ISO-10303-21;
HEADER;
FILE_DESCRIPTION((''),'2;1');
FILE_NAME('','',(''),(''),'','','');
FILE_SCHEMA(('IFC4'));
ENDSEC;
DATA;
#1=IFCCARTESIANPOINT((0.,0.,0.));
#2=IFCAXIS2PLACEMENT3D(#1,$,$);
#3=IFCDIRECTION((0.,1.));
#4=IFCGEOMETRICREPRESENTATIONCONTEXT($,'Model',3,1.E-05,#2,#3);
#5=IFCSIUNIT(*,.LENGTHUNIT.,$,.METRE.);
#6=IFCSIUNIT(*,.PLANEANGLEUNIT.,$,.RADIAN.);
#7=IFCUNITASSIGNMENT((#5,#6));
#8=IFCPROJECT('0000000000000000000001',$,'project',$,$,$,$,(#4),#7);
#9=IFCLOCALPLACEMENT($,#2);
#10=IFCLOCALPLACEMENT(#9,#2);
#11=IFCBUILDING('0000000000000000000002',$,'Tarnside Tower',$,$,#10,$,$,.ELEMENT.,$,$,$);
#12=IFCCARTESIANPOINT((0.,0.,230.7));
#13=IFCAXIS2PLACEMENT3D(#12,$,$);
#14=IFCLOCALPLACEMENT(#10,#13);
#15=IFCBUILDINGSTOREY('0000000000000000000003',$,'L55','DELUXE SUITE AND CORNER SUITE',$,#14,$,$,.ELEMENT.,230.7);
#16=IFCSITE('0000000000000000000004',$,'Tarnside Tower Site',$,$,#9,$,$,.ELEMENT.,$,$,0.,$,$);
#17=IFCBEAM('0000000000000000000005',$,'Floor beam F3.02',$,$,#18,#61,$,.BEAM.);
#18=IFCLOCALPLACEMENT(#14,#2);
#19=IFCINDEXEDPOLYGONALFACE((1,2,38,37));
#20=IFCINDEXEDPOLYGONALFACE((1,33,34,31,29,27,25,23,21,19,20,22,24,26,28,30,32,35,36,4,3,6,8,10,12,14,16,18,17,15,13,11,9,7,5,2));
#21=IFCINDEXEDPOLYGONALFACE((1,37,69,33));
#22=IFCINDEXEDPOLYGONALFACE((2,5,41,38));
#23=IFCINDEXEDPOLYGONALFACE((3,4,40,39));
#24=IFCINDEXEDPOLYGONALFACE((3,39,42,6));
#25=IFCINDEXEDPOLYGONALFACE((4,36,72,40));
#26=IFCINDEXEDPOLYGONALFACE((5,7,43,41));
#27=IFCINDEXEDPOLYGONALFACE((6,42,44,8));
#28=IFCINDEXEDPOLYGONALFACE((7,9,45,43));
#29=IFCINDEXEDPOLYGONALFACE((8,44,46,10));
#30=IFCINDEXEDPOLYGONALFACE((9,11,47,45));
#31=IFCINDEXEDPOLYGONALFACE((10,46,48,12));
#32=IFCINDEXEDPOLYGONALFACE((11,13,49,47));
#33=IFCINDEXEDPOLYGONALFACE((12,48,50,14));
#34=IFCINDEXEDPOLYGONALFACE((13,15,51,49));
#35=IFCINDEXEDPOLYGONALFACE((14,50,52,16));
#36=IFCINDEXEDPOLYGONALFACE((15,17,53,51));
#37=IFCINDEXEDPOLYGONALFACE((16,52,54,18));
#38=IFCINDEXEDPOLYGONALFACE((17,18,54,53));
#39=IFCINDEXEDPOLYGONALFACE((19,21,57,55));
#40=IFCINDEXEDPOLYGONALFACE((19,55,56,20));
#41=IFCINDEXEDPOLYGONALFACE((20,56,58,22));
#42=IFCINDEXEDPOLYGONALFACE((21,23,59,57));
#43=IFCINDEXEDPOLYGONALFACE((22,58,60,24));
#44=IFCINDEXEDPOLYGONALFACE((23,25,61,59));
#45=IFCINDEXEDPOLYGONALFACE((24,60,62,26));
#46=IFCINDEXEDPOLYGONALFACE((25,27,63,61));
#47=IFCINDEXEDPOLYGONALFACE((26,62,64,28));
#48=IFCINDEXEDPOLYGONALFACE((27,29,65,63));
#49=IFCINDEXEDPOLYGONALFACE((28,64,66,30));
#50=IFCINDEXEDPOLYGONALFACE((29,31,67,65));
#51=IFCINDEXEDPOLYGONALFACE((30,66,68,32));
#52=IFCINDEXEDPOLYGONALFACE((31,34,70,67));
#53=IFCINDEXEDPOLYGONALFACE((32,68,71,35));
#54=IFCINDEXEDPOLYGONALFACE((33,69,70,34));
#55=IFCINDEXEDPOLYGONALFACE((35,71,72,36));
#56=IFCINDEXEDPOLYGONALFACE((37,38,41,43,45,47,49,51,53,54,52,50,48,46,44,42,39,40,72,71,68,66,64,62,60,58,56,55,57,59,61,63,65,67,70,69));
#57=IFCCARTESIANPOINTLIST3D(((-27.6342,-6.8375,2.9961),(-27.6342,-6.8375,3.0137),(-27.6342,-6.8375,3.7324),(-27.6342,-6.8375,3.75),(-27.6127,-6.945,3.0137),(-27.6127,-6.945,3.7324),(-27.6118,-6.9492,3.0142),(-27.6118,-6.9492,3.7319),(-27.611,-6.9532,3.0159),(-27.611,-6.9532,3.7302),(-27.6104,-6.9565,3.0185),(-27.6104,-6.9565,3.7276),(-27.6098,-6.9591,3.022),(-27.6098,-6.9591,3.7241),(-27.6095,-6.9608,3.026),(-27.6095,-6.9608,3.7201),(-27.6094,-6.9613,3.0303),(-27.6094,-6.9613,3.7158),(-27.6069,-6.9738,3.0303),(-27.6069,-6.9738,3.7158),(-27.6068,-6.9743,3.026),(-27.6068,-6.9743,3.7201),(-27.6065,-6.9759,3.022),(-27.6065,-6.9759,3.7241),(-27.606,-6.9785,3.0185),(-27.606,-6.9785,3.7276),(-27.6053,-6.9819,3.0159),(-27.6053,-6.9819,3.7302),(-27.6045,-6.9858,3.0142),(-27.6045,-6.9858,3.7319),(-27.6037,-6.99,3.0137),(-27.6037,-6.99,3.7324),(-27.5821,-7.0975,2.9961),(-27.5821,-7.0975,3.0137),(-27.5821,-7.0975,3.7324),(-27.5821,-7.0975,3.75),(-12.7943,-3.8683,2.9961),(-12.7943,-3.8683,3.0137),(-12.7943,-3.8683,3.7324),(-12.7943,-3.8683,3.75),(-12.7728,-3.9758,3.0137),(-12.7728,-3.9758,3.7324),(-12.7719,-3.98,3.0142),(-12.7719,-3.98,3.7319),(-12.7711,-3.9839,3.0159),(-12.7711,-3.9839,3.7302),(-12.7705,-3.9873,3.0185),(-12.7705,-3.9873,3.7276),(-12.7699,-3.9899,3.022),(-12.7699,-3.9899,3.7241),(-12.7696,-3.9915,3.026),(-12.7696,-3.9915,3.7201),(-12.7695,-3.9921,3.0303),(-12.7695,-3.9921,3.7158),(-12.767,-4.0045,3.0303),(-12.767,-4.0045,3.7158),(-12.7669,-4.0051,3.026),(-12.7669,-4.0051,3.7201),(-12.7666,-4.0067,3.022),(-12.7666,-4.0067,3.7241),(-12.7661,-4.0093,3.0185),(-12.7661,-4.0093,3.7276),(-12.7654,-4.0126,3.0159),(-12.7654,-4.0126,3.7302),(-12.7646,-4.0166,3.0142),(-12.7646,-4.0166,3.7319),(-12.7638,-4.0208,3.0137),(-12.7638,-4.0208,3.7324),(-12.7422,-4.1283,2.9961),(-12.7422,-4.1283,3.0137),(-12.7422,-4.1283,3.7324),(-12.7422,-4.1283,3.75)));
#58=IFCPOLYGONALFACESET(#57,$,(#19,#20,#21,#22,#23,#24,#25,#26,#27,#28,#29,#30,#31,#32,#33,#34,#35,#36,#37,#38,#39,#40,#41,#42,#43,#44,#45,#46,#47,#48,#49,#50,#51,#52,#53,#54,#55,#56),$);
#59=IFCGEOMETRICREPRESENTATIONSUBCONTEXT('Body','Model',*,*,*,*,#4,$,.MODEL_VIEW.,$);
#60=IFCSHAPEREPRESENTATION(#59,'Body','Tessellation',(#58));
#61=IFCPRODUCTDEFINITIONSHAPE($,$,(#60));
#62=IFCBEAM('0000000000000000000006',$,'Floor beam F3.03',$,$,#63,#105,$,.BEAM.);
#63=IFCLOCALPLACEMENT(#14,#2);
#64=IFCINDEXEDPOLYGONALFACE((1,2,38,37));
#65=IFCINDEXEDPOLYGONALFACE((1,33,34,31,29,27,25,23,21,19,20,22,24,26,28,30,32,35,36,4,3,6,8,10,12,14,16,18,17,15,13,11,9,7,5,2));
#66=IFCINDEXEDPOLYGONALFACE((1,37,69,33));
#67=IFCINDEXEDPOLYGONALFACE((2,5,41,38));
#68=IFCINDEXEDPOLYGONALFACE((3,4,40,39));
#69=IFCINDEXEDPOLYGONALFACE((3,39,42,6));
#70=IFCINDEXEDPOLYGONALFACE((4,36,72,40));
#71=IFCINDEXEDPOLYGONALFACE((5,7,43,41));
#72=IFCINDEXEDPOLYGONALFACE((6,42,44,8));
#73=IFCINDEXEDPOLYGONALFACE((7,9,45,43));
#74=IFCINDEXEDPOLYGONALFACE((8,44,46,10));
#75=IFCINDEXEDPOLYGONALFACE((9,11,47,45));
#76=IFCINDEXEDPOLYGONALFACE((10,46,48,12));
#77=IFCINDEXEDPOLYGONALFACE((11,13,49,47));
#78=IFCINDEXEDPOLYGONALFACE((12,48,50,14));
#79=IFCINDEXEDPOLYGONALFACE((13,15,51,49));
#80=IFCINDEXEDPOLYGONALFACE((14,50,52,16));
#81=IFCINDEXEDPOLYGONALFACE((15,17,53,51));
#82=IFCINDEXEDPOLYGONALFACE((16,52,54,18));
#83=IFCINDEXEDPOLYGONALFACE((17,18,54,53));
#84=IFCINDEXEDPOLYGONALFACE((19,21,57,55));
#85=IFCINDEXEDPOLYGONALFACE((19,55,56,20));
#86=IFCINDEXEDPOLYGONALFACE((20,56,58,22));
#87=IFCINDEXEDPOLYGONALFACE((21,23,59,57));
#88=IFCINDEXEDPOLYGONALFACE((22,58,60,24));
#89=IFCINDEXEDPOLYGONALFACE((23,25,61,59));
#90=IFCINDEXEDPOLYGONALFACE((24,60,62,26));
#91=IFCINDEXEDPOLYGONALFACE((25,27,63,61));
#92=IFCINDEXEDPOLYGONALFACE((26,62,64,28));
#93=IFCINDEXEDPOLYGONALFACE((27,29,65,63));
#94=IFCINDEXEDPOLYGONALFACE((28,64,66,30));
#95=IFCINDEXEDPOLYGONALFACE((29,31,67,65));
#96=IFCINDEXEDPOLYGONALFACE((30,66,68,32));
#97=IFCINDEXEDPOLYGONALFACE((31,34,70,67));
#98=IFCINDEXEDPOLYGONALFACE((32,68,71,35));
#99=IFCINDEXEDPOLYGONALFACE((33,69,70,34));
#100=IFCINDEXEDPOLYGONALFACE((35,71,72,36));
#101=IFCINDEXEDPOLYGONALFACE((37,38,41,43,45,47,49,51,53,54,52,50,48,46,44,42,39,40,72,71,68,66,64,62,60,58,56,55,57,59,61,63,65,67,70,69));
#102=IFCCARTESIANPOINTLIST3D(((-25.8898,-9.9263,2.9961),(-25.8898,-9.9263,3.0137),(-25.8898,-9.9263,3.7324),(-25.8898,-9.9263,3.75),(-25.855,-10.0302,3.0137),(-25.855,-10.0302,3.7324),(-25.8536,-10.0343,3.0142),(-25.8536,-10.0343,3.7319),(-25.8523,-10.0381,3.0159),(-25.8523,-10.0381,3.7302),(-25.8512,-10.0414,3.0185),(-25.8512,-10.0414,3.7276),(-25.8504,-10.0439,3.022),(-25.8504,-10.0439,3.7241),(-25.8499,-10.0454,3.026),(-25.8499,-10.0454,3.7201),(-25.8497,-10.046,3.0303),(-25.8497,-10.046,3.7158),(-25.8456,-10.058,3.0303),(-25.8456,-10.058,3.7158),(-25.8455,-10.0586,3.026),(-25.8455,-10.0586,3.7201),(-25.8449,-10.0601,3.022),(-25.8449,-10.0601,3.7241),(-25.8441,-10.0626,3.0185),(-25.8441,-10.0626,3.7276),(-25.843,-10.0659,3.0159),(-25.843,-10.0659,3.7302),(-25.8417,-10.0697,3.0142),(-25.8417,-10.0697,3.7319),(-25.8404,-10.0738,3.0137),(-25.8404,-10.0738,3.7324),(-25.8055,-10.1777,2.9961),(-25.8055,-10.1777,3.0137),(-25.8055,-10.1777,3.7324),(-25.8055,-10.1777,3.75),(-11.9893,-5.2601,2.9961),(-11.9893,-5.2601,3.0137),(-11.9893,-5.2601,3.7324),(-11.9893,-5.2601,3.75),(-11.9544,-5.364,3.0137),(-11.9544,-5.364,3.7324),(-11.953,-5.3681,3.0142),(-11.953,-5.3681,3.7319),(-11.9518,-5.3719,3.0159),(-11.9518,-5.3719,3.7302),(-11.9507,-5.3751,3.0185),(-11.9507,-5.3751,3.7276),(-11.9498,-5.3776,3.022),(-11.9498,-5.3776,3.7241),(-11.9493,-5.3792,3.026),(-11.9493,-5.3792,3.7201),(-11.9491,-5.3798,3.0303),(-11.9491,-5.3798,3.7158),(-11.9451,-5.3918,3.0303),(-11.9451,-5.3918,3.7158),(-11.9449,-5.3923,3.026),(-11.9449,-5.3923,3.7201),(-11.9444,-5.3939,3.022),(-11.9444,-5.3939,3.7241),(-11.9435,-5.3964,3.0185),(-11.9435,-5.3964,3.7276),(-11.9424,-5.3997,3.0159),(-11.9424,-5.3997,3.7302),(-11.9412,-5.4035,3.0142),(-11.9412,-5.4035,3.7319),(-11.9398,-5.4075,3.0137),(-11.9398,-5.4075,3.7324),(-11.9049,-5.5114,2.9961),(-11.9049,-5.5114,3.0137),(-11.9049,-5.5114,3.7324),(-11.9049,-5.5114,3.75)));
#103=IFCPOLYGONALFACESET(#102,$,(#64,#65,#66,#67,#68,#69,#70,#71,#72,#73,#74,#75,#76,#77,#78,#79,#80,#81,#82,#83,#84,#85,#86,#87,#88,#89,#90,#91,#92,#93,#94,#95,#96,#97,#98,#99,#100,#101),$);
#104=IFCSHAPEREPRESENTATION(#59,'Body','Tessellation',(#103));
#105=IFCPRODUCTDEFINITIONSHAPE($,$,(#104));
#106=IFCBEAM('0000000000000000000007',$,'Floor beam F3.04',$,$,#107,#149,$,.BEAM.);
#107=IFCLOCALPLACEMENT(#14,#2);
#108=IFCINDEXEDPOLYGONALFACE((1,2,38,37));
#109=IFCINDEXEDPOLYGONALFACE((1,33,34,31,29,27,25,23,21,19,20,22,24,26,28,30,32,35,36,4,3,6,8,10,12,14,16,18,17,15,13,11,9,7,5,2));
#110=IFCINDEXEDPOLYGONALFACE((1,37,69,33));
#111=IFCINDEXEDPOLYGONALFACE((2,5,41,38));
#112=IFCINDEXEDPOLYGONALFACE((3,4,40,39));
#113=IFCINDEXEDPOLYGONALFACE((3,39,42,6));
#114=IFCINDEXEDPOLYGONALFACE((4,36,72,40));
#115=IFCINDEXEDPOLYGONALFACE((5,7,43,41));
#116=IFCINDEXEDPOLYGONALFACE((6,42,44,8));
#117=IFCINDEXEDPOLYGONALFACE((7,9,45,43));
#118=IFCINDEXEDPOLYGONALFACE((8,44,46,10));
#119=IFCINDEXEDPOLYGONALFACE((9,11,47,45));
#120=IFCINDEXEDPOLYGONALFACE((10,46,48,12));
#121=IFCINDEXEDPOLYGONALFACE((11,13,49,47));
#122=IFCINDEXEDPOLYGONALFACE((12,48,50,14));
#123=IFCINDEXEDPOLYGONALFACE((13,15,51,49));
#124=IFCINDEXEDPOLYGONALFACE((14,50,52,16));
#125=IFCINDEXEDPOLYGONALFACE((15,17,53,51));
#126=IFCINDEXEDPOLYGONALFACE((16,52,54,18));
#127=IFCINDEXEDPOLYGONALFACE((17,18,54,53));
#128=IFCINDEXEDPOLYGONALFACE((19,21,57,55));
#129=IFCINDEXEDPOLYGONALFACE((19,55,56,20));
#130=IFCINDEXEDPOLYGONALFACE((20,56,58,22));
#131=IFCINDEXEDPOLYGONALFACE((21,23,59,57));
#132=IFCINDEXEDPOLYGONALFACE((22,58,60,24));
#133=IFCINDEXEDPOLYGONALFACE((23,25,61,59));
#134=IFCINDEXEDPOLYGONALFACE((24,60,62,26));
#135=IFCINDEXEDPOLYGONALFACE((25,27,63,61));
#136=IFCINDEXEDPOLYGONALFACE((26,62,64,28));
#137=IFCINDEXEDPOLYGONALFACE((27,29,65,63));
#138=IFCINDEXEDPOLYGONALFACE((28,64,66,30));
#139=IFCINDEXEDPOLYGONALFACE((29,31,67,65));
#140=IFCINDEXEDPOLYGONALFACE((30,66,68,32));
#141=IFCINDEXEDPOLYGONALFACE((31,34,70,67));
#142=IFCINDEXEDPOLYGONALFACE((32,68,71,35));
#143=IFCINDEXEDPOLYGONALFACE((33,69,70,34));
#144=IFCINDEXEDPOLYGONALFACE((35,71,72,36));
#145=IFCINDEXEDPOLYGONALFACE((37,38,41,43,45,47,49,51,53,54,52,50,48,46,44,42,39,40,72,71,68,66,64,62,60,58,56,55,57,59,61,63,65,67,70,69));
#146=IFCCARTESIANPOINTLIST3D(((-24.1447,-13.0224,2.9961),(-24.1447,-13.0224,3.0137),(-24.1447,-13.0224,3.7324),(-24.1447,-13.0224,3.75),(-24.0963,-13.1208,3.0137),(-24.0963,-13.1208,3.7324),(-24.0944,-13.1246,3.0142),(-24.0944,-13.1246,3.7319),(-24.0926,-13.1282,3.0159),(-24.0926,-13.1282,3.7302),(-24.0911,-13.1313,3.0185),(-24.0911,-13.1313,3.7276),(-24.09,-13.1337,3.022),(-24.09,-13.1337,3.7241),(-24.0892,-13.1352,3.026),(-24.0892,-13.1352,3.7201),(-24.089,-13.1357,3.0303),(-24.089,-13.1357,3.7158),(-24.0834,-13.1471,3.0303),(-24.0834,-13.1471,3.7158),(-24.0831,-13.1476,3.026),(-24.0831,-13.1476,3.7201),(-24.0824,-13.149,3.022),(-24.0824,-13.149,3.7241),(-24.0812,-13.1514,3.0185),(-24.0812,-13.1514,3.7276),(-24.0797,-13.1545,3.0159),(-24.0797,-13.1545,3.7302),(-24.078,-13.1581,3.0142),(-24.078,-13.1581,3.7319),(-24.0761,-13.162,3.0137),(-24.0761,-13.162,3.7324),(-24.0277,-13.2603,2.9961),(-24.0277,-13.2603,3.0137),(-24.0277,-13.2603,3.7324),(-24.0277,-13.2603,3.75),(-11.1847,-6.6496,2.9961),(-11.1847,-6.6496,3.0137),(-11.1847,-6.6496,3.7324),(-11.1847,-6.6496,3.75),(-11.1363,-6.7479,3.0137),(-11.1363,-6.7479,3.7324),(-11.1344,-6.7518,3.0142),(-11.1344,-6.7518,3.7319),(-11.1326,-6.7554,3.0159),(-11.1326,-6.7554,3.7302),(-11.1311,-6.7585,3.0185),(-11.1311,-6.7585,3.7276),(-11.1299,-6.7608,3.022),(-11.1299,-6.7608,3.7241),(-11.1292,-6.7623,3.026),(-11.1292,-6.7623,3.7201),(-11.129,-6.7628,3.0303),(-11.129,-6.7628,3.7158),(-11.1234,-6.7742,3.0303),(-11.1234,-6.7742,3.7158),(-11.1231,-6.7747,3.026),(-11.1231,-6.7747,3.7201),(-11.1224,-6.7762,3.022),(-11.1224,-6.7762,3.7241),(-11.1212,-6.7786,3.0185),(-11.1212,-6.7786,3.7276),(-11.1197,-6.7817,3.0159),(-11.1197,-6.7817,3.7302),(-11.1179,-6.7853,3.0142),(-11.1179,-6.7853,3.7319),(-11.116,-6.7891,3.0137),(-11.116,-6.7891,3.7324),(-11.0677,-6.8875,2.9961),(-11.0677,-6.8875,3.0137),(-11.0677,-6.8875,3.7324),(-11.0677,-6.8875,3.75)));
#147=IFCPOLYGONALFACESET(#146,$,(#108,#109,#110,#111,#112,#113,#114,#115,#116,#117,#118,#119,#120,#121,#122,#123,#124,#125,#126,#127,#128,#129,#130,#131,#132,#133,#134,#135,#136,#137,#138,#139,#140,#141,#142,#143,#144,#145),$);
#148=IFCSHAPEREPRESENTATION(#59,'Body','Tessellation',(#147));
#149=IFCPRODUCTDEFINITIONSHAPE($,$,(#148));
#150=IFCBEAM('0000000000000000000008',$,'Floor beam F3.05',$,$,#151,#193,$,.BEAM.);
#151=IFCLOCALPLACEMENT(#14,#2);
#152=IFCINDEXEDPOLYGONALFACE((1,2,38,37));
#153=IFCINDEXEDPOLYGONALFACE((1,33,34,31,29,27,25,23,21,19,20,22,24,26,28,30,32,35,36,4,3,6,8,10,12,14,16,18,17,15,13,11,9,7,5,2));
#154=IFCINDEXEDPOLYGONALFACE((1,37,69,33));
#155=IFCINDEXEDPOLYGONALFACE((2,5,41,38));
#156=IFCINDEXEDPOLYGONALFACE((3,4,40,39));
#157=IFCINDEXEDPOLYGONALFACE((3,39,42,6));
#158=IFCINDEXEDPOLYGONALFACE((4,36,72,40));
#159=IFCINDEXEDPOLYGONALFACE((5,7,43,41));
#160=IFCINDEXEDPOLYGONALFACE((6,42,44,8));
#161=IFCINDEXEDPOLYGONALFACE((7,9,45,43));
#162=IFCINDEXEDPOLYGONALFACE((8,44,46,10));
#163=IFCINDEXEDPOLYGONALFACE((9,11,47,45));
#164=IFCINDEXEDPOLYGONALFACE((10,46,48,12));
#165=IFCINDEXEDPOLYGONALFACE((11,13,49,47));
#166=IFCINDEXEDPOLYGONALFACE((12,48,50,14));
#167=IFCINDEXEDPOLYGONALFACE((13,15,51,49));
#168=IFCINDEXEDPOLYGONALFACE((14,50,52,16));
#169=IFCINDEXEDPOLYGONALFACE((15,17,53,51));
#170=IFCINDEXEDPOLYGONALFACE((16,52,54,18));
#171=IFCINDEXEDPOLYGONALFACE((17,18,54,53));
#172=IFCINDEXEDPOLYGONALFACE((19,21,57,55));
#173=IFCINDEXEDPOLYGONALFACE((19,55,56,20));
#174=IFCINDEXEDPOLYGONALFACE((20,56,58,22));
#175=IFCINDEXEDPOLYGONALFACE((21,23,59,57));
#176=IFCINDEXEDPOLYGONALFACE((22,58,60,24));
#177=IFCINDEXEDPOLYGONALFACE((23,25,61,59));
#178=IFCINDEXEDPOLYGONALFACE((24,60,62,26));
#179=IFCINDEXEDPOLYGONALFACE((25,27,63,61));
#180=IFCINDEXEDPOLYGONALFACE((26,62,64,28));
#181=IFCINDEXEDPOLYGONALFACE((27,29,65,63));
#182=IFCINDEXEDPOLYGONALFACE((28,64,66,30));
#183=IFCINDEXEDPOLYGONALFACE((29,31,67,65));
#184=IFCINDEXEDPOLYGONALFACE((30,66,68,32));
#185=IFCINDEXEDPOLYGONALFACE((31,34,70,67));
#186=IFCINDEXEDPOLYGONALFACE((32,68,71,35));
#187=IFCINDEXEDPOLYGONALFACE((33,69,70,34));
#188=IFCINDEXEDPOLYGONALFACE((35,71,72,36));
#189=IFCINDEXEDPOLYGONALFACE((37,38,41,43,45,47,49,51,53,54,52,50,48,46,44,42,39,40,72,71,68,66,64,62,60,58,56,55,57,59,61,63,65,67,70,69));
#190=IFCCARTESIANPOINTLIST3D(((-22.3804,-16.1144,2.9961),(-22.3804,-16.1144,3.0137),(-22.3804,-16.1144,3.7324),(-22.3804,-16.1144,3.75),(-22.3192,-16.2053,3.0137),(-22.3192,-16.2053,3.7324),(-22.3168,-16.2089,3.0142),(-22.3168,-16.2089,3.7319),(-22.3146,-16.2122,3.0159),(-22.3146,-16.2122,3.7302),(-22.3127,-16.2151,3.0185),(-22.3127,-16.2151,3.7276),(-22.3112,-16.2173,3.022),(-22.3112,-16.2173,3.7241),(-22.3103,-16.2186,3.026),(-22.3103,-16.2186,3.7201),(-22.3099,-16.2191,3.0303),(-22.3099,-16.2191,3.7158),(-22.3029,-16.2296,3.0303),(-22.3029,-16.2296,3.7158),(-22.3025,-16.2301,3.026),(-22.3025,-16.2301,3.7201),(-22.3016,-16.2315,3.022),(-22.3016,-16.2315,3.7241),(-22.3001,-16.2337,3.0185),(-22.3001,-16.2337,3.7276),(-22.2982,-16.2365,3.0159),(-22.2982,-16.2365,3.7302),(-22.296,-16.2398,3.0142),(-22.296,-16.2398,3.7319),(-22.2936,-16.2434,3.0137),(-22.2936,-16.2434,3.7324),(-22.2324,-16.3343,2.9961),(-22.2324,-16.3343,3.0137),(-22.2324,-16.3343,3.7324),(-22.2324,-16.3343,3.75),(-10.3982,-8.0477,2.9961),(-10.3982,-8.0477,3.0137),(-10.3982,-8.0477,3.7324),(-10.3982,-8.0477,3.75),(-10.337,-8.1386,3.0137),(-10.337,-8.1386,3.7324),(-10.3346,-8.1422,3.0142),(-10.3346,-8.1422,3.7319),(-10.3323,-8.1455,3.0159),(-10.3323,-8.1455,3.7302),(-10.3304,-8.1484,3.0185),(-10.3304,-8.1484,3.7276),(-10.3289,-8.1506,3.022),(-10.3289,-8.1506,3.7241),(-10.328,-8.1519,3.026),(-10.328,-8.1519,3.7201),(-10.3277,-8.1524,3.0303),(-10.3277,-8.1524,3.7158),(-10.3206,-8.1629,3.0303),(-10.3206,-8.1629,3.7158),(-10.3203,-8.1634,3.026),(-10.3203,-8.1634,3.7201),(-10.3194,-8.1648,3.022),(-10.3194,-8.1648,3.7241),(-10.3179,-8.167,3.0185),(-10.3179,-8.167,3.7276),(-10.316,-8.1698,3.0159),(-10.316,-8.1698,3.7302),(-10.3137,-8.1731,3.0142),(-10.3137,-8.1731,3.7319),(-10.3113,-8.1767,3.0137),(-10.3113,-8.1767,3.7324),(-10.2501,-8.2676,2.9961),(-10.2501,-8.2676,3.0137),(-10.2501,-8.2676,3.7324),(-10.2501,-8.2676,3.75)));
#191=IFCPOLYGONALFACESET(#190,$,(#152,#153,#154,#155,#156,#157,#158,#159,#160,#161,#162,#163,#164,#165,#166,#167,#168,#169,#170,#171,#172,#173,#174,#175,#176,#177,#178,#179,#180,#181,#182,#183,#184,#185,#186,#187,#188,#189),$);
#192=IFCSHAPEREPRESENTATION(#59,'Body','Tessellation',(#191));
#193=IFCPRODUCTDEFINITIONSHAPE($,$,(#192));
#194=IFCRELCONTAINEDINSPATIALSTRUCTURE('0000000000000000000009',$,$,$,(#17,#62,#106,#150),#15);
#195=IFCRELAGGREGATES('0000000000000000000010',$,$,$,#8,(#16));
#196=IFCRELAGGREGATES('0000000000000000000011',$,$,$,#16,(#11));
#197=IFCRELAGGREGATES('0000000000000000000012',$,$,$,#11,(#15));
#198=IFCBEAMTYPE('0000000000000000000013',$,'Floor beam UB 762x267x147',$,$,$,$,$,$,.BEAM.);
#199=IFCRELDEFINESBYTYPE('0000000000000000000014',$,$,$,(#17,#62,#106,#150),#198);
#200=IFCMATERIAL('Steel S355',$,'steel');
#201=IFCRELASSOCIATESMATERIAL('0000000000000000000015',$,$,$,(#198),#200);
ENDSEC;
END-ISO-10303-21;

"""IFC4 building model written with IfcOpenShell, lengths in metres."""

from ifc_helpers import new_model, si_unit, direction, frame, origin, origin_2d, place, context, subcontext, project, spatial, i_section, extrude, material, material_profile, profile_set, type_object, element, save


model = new_model("IFC4")

# Units and contexts
model_context = context("Model", 3, precision=1e-05, world=origin(), true_north=direction((0.0, 1.0)))
body_context = subcontext(model_context, "Body", "Model", "MODEL_VIEW")
ifc_project = project(units=[si_unit("LENGTHUNIT", "METRE"), si_unit("PLANEANGLEUNIT", "RADIAN")], contexts=[model_context])

# Site, building, storey
site_placement = place(None, origin())
site = spatial("IfcSite", under=ifc_project, at=site_placement, Name="Tarnside Tower Site", CompositionType="ELEMENT", RefElevation=0.0)
building_placement = place(site_placement, origin())
building = spatial("IfcBuilding", under=site, at=building_placement, Name="Tarnside Tower", CompositionType="ELEMENT")
storey_placement = place(building_placement, frame((0.0, 0.0, 230.7)))
storey = spatial("IfcBuildingStorey", under=building, at=storey_placement, Name="L55", Description="DELUXE SUITE AND CORNER SUITE", CompositionType="ELEMENT", Elevation=230.7)

# Beams
ifc_material_1 = material(Name="Steel S355", Category="steel")
ifc_material_profile_1 = material_profile(ifc_material_1, i_section(OverallWidth=0.2651, OverallDepth=0.7539, WebThickness=0.0127, FlangeThickness=0.0176, FilletRadius=0.0166, at=origin_2d()), Name="UB 762x267x147")
ifc_profile_set_1 = profile_set([ifc_material_profile_1], Name="Steel S355")
beam_type_1 = type_object("IfcBeamType", Name="Floor beam UB 762x267x147", PredefinedType="BEAM", material=ifc_profile_set_1)
beam_1_placement = place(storey_placement, frame((-27.6082, -6.9675, 3.373), z_axis=(0.980565, 0.196197, 0.0), x_axis=(-0.196197, 0.980565, 0.0)))
element("IfcBeam", 1, at=beam_1_placement, inside=storey, type_object=beam_type_1, Name="Floor beam F3.02", PredefinedType="BEAM", context=body_context, shape_type="SweptSolid", body=[
    extrude(i_section(OverallWidth=0.2651, OverallDepth=0.7539, WebThickness=0.0127, FlangeThickness=0.0176, FilletRadius=0.0166, at=origin_2d()), origin(), (0.0, 0.0, 1.0), 15.134),
])
beam_2_placement = place(storey_placement, frame((-25.8477, -10.052, 3.373), z_axis=(0.948012, 0.318235, 0.0), x_axis=(-0.318235, 0.948012, 0.0)))
element("IfcBeam", 2, at=beam_2_placement, inside=storey, type_object=beam_type_1, Name="Floor beam F3.03", PredefinedType="BEAM", context=body_context, shape_type="SweptSolid", body=[
    extrude(i_section(OverallWidth=0.2651, OverallDepth=0.7539, WebThickness=0.0127, FlangeThickness=0.0176, FilletRadius=0.0166, at=origin_2d()), origin(), (0.0, 0.0, 1.0), 14.6628),
])
beam_3_placement = place(storey_placement, frame((-24.0862, -13.1414, 3.373), z_axis=(0.897376, 0.441267, 0.0), x_axis=(-0.441267, 0.897376, 0.0)))
element("IfcBeam", 3, at=beam_3_placement, inside=storey, type_object=beam_type_1, Name="Floor beam F3.04", PredefinedType="BEAM", context=body_context, shape_type="SweptSolid", body=[
    extrude(i_section(OverallWidth=0.2651, OverallDepth=0.7539, WebThickness=0.0127, FlangeThickness=0.0176, FilletRadius=0.0166, at=origin_2d()), origin(), (0.0, 0.0, 1.0), 14.4421),
])
beam_4_placement = place(storey_placement, frame((-22.3064, -16.2244, 3.373), z_axis=(0.829532, 0.558458, 0.0), x_axis=(-0.558458, 0.829532, 0.0)))
element("IfcBeam", 4, at=beam_4_placement, inside=storey, type_object=beam_type_1, Name="Floor beam F3.05", PredefinedType="BEAM", context=body_context, shape_type="SweptSolid", body=[
    extrude(i_section(OverallWidth=0.2651, OverallDepth=0.7539, WebThickness=0.0127, FlangeThickness=0.0176, FilletRadius=0.0166, at=origin_2d()), origin(), (0.0, 0.0, 1.0), 14.4446),
])

save(model, "model.ifc")
